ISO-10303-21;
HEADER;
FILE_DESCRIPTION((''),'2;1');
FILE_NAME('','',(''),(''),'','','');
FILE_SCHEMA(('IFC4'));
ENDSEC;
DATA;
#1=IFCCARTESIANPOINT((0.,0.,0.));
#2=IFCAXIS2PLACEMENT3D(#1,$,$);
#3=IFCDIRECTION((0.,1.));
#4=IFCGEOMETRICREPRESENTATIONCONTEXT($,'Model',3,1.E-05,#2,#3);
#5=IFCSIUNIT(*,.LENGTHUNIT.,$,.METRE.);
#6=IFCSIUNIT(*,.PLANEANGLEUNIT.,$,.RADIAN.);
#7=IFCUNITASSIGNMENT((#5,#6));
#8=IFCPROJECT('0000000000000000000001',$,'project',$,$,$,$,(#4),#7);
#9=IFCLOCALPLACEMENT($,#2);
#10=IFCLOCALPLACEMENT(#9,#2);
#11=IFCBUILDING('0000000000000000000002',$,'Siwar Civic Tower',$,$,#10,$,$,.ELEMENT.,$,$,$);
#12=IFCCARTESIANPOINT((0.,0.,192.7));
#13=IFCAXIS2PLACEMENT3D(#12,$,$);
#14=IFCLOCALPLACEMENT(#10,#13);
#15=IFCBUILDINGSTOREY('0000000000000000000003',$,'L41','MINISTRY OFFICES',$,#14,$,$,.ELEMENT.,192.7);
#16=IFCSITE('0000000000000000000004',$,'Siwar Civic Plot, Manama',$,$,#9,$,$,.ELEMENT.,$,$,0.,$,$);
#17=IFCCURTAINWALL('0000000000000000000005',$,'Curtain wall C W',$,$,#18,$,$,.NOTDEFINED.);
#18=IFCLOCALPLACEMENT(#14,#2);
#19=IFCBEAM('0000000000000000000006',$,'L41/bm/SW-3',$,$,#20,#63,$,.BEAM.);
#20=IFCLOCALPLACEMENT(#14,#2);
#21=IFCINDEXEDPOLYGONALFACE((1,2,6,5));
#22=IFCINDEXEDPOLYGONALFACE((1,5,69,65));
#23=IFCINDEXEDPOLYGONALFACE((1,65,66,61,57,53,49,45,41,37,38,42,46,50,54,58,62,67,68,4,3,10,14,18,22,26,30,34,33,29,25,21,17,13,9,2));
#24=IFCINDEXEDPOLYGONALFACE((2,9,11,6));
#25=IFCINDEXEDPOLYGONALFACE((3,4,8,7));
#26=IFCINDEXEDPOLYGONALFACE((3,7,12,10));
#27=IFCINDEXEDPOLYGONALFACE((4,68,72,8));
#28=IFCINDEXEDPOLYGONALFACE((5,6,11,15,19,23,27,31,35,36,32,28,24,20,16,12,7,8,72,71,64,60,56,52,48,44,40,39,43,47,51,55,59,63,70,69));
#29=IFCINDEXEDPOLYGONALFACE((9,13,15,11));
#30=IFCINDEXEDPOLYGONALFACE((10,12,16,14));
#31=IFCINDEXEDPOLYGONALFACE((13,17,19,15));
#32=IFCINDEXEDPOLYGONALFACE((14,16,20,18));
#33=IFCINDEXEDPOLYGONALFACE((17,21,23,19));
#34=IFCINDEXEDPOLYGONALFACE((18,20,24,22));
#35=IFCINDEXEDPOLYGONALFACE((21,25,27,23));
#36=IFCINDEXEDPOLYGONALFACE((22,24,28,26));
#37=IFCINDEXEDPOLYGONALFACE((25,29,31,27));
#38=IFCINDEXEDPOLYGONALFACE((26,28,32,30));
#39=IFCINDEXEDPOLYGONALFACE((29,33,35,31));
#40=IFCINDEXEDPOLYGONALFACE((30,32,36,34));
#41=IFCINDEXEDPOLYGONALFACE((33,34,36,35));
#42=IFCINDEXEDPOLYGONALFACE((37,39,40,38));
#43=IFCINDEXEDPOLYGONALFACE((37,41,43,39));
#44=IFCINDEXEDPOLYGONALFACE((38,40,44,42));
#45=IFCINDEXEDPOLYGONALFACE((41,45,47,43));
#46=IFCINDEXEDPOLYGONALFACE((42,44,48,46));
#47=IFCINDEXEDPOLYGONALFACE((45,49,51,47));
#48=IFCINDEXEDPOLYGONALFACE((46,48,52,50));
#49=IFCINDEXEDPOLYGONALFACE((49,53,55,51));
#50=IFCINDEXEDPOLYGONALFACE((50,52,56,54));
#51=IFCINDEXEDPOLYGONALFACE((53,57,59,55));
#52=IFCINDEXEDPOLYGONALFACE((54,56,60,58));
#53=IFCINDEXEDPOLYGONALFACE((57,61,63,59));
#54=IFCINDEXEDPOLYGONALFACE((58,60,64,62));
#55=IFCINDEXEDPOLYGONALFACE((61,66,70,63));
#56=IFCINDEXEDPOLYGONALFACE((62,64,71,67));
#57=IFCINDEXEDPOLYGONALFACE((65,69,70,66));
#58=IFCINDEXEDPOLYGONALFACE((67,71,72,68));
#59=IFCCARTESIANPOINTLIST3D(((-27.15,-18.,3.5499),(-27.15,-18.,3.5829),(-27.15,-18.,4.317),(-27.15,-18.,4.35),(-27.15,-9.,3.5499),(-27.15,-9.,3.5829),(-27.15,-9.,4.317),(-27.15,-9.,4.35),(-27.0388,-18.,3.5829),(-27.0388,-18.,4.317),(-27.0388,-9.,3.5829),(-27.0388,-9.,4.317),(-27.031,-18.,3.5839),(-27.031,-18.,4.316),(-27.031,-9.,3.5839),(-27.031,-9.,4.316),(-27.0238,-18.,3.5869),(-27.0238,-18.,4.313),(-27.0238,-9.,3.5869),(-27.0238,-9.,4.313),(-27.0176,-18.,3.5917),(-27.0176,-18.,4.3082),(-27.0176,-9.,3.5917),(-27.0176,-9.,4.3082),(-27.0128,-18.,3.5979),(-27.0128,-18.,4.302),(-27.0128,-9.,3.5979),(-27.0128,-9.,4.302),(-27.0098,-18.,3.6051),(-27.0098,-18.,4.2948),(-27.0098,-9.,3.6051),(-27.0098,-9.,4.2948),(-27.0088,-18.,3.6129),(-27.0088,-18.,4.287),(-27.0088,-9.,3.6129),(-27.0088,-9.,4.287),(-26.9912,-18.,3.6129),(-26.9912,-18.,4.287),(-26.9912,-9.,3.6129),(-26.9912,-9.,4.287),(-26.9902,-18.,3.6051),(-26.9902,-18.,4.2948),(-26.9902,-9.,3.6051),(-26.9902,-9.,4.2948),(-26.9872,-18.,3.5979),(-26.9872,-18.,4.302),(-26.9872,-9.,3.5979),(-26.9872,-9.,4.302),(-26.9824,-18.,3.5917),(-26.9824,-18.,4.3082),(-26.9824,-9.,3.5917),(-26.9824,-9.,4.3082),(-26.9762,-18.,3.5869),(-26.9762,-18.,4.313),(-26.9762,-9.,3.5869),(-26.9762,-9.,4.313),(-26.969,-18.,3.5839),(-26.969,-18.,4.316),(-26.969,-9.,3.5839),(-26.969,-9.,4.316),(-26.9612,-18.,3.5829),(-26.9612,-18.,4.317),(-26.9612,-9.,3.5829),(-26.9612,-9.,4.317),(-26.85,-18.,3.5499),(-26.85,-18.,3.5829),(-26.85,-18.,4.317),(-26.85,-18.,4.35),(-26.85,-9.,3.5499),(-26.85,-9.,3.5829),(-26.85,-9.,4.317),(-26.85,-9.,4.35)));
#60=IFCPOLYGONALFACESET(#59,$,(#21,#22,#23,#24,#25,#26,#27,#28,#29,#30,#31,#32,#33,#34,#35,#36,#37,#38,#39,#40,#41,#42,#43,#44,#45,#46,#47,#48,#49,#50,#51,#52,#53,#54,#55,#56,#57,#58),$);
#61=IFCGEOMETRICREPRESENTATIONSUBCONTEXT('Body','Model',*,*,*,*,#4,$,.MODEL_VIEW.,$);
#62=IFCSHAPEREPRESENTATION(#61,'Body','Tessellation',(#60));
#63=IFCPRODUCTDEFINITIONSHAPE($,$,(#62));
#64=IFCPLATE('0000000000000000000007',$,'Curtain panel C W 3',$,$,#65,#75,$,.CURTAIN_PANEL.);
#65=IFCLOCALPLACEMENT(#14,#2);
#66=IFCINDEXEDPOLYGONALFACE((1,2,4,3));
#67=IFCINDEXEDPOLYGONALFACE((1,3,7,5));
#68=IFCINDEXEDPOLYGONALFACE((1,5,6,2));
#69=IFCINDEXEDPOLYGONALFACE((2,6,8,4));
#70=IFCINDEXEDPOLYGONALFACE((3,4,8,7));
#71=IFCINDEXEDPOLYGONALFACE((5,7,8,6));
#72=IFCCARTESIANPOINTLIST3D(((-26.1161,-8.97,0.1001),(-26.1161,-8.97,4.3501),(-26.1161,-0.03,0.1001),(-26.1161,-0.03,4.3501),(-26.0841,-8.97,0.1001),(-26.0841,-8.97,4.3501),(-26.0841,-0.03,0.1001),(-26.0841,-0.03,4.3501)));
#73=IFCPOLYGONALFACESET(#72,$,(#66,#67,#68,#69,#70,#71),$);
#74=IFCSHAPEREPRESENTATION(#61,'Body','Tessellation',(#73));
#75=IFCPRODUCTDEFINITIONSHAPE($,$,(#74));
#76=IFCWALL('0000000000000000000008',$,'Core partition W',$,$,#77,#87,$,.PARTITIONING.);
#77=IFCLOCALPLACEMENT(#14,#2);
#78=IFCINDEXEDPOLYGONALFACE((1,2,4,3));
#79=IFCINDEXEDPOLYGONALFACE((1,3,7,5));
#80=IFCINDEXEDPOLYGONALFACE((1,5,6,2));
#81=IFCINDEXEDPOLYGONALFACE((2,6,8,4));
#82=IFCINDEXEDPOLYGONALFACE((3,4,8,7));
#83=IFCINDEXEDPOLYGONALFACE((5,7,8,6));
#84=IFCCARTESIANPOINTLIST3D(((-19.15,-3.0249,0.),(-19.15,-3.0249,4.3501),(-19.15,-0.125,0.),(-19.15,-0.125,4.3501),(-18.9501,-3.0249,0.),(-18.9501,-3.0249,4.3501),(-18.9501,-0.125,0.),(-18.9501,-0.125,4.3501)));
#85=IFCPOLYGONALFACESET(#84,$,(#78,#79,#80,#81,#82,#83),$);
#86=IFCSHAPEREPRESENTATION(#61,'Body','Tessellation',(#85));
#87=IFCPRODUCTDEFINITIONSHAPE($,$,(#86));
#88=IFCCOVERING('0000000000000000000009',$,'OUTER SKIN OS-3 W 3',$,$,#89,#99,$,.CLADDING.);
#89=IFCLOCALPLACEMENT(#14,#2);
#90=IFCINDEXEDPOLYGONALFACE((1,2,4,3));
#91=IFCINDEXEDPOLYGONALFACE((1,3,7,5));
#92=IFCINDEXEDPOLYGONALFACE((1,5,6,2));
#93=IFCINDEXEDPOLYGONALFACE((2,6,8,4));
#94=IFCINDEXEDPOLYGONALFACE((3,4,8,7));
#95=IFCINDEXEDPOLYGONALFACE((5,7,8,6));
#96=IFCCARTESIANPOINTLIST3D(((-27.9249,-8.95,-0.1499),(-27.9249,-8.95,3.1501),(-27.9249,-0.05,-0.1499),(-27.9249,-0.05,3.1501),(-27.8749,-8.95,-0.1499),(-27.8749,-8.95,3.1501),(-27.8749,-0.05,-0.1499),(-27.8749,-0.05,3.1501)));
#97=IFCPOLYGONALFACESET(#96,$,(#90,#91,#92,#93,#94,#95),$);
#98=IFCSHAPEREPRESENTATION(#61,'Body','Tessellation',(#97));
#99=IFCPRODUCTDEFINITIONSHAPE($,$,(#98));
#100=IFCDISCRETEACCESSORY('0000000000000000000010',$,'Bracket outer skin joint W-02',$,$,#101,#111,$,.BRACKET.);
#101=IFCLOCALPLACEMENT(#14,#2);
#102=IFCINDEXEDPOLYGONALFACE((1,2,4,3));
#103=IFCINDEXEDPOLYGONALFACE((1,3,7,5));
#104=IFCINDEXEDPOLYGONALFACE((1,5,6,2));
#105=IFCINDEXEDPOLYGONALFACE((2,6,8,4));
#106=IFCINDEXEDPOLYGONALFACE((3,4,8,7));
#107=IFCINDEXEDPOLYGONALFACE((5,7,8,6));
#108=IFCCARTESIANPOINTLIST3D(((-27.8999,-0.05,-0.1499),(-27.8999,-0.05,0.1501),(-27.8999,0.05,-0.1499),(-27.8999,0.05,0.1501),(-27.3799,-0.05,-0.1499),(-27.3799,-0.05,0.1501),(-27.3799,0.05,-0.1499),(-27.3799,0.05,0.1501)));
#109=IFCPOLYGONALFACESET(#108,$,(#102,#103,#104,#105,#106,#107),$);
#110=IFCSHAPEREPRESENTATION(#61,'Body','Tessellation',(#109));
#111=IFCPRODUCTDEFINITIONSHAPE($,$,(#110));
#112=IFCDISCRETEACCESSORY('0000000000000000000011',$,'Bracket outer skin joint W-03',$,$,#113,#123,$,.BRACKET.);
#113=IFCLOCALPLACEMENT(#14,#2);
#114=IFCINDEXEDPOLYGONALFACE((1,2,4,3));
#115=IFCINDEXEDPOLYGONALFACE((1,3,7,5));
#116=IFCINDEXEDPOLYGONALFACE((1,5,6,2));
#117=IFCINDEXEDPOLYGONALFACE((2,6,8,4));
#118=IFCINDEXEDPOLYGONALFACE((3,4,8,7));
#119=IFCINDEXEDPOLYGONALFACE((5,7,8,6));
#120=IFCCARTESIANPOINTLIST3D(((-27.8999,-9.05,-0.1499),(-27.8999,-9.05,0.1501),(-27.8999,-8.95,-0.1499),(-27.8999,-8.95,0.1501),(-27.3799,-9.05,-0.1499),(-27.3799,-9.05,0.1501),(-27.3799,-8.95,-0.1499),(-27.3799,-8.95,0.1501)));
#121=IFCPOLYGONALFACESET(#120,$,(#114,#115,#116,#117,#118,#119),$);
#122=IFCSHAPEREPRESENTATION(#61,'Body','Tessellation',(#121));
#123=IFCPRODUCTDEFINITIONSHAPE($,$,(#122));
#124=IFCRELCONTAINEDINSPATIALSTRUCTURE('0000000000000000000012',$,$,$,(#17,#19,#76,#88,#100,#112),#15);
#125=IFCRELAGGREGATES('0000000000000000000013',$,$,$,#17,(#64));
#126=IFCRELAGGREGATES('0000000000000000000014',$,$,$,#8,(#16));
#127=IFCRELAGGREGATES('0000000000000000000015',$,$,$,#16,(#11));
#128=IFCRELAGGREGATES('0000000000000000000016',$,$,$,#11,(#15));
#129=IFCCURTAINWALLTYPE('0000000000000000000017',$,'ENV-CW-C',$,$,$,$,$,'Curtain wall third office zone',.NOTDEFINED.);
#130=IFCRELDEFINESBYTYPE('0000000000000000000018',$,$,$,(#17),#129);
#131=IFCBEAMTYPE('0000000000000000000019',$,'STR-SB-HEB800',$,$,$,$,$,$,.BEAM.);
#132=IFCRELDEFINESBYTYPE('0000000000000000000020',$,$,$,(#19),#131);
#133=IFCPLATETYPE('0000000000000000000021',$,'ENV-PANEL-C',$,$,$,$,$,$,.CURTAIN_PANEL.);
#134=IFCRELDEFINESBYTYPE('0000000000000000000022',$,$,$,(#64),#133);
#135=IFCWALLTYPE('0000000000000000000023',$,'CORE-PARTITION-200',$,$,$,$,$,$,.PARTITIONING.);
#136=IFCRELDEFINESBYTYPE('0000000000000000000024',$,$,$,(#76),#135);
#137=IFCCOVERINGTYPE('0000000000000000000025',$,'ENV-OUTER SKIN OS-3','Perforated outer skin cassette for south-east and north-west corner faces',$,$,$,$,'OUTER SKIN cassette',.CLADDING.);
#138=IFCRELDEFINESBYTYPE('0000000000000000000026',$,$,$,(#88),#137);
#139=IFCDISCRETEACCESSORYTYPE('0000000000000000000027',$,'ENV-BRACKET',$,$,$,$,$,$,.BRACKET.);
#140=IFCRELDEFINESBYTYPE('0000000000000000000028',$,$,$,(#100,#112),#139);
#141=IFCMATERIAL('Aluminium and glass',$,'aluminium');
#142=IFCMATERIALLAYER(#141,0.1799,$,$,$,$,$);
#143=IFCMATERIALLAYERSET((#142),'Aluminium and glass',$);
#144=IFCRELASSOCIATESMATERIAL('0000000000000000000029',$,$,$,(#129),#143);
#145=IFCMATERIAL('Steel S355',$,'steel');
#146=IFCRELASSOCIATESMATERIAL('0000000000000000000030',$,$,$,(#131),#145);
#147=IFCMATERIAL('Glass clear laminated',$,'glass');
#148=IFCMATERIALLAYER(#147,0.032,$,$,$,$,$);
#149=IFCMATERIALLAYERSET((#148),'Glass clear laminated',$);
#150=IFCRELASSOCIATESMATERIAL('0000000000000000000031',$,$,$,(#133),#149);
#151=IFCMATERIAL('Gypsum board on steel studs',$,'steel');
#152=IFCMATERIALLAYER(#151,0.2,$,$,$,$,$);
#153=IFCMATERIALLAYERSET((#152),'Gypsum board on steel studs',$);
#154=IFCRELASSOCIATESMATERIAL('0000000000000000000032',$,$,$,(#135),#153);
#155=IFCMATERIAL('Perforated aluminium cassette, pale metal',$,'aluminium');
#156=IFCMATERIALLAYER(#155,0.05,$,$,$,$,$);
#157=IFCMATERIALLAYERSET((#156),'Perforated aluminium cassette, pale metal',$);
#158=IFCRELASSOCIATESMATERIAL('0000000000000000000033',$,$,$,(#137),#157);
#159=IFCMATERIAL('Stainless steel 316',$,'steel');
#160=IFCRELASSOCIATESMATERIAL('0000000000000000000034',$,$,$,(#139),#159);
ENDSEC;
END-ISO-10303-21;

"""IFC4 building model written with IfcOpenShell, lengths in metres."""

from ifc_helpers import new_model, si_unit, direction, frame, frame_2d, origin, origin_2d, place, context, subcontext, project, spatial, rectangle, i_section, extrude, material, layer, layer_set, material_profile, profile_set, type_object, element, aggregate, save


model = new_model("IFC4")

# Units and contexts
model_context = context("Model", 3, precision=1e-05, world=origin(), true_north=direction((0.0, 1.0)))
body_context = subcontext(model_context, "Body", "Model", "MODEL_VIEW")
ifc_project = project(units=[si_unit("LENGTHUNIT", "METRE"), si_unit("PLANEANGLEUNIT", "RADIAN")], contexts=[model_context])

# Site, building, storey
site_placement = place(None, origin())
site = spatial("IfcSite", under=ifc_project, at=site_placement, Name="Siwar Civic Plot, Manama", CompositionType="ELEMENT", RefElevation=0.0)
building_placement = place(site_placement, origin())
building = spatial("IfcBuilding", under=site, at=building_placement, Name="Siwar Civic Tower", CompositionType="ELEMENT")
storey_placement = place(building_placement, frame((0.0, 0.0, 192.7)))
storey = spatial("IfcBuildingStorey", under=building, at=storey_placement, Name="L41", Description="MINISTRY OFFICES", CompositionType="ELEMENT", Elevation=192.7)

# Curtain wall
ifc_material_1 = material(Name="Aluminium and glass", Category="aluminium")
ifc_layer_1 = layer(ifc_material_1, 0.1799)
ifc_layer_set_1 = layer_set([ifc_layer_1], Name="Aluminium and glass")
curtain_wall_type = type_object("IfcCurtainWallType", Name="ENV-CW-C", ElementType="Curtain wall third office zone", PredefinedType="NOTDEFINED", material=ifc_layer_set_1)
curtain_wall_placement = place(storey_placement, origin())
curtain_wall = element("IfcCurtainWall", 1, at=curtain_wall_placement, inside=storey, type_object=curtain_wall_type, Name="Curtain wall C W", PredefinedType="NOTDEFINED")

# Beam
ifc_material_2 = material(Name="Steel S355", Category="steel")
ifc_material_profile_1 = material_profile(ifc_material_2, i_section(OverallWidth=0.3, OverallDepth=0.8, WebThickness=0.0176, FlangeThickness=0.033, FilletRadius=0.03, at=origin_2d()), Name="HEB800")
ifc_profile_set_1 = profile_set([ifc_material_profile_1], Name="Steel S355")
beam_type_1 = type_object("IfcBeamType", Name="STR-SB-HEB800", PredefinedType="BEAM", material=ifc_profile_set_1)
beam_placement = place(storey_placement, frame((-27.0, -9.0, 3.95), z_axis=(0.0, -1.0, 0.0), x_axis=(1.0, 0.0, 0.0)))
element("IfcBeam", 2, at=beam_placement, inside=storey, type_object=beam_type_1, Name="L41/bm/SW-3", PredefinedType="BEAM", context=body_context, shape_type="SweptSolid", body=[
    extrude(i_section(OverallWidth=0.3, OverallDepth=0.8, WebThickness=0.0176, FlangeThickness=0.033, FilletRadius=0.03, at=origin_2d()), origin(), (0.0, 0.0, 1.0), 9.0),
])

# Plate
ifc_material_3 = material(Name="Glass clear laminated", Category="glass")
ifc_layer_2 = layer(ifc_material_3, 0.032)
ifc_layer_set_2 = layer_set([ifc_layer_2], Name="Glass clear laminated")
plate_type = type_object("IfcPlateType", Name="ENV-PANEL-C", PredefinedType="CURTAIN_PANEL", material=ifc_layer_set_2)
plate_placement = place(storey_placement, frame((-26.1001, -4.5, 0.1001), z_axis=(0.0, 0.0, 1.0), x_axis=(0.0, -1.0, 0.0)))
plate = element("IfcPlate", 3, at=plate_placement, type_object=plate_type, Name="Curtain panel C W 3", PredefinedType="CURTAIN_PANEL", context=body_context, shape_type="SweptSolid", body=[
    extrude(rectangle(XDim=8.9399, YDim=0.032, at=origin_2d()), origin(), (0.0, 0.0, 1.0), 4.25),
])
aggregate(curtain_wall, [plate])

# Wall
ifc_material_4 = material(Name="Gypsum board on steel studs", Category="steel")
ifc_layer_3 = layer(ifc_material_4, 0.2)
ifc_layer_set_3 = layer_set([ifc_layer_3], Name="Gypsum board on steel studs")
wall_type = type_object("IfcWallType", Name="CORE-PARTITION-200", PredefinedType="PARTITIONING", material=ifc_layer_set_3)
wall_placement = place(storey_placement, frame((-19.05, -3.0249, 0.0), z_axis=(0.0, 0.0, 1.0), x_axis=(0.0, 1.0, 0.0)))
element("IfcWall", 4, at=wall_placement, inside=storey, type_object=wall_type, Name="Core partition W", PredefinedType="PARTITIONING", context=body_context, shape_type="SweptSolid", body=[
    extrude(rectangle(XDim=2.8999, YDim=0.2, at=frame_2d((1.45, 0.0))), origin(), (0.0, 0.0, 1.0), 4.3501),
])

# Covering
ifc_material_5 = material(Name="Perforated aluminium cassette, pale metal", Category="aluminium")
ifc_layer_4 = layer(ifc_material_5, 0.05)
ifc_layer_set_4 = layer_set([ifc_layer_4], Name="Perforated aluminium cassette, pale metal")
covering_type = type_object("IfcCoveringType", Name="ENV-OUTER SKIN OS-3", Description="Perforated outer skin cassette for south-east and north-west corner faces", ElementType="OUTER SKIN cassette", PredefinedType="CLADDING", material=ifc_layer_set_4)
covering_placement = place(storey_placement, frame((-27.8999, -4.5, -0.1499), z_axis=(0.0, 0.0, 1.0), x_axis=(0.0, -1.0, 0.0)))
element("IfcCovering", 5, at=covering_placement, inside=storey, type_object=covering_type, Name="OUTER SKIN OS-3 W 3", PredefinedType="CLADDING", context=body_context, shape_type="SweptSolid", body=[
    extrude(rectangle(XDim=8.8999, YDim=0.05, at=origin_2d()), origin(), (0.0, 0.0, 1.0), 3.3),
])

# Discrete accessories
ifc_material_6 = material(Name="Stainless steel 316", Category="steel")
discrete_accessory_type = type_object("IfcDiscreteAccessoryType", Name="ENV-BRACKET", PredefinedType="BRACKET", material=ifc_material_6)
for number, where, z_axis, x_axis, name in (
    (6, (-27.6399, 0.0, -0.1499), (0.0, 0.0, 1.0), (-1.0, 0.0, 0.0), "Bracket outer skin joint W-02"),
    (7, (-27.6399, -9.0, -0.1499), (0.0, 0.0, 1.0), (-1.0, 0.0, 0.0), "Bracket outer skin joint W-03"),
):
    element("IfcDiscreteAccessory", number, at=place(storey_placement, frame(where, z_axis=z_axis, x_axis=x_axis)), inside=storey, type_object=discrete_accessory_type, Name=name, PredefinedType="BRACKET", context=body_context, shape_type="SweptSolid", body=[
        extrude(rectangle(XDim=0.52, YDim=0.1001, at=origin_2d()), origin(), (0.0, 0.0, 1.0), 0.3),
    ])

save(model, "model.ifc")
